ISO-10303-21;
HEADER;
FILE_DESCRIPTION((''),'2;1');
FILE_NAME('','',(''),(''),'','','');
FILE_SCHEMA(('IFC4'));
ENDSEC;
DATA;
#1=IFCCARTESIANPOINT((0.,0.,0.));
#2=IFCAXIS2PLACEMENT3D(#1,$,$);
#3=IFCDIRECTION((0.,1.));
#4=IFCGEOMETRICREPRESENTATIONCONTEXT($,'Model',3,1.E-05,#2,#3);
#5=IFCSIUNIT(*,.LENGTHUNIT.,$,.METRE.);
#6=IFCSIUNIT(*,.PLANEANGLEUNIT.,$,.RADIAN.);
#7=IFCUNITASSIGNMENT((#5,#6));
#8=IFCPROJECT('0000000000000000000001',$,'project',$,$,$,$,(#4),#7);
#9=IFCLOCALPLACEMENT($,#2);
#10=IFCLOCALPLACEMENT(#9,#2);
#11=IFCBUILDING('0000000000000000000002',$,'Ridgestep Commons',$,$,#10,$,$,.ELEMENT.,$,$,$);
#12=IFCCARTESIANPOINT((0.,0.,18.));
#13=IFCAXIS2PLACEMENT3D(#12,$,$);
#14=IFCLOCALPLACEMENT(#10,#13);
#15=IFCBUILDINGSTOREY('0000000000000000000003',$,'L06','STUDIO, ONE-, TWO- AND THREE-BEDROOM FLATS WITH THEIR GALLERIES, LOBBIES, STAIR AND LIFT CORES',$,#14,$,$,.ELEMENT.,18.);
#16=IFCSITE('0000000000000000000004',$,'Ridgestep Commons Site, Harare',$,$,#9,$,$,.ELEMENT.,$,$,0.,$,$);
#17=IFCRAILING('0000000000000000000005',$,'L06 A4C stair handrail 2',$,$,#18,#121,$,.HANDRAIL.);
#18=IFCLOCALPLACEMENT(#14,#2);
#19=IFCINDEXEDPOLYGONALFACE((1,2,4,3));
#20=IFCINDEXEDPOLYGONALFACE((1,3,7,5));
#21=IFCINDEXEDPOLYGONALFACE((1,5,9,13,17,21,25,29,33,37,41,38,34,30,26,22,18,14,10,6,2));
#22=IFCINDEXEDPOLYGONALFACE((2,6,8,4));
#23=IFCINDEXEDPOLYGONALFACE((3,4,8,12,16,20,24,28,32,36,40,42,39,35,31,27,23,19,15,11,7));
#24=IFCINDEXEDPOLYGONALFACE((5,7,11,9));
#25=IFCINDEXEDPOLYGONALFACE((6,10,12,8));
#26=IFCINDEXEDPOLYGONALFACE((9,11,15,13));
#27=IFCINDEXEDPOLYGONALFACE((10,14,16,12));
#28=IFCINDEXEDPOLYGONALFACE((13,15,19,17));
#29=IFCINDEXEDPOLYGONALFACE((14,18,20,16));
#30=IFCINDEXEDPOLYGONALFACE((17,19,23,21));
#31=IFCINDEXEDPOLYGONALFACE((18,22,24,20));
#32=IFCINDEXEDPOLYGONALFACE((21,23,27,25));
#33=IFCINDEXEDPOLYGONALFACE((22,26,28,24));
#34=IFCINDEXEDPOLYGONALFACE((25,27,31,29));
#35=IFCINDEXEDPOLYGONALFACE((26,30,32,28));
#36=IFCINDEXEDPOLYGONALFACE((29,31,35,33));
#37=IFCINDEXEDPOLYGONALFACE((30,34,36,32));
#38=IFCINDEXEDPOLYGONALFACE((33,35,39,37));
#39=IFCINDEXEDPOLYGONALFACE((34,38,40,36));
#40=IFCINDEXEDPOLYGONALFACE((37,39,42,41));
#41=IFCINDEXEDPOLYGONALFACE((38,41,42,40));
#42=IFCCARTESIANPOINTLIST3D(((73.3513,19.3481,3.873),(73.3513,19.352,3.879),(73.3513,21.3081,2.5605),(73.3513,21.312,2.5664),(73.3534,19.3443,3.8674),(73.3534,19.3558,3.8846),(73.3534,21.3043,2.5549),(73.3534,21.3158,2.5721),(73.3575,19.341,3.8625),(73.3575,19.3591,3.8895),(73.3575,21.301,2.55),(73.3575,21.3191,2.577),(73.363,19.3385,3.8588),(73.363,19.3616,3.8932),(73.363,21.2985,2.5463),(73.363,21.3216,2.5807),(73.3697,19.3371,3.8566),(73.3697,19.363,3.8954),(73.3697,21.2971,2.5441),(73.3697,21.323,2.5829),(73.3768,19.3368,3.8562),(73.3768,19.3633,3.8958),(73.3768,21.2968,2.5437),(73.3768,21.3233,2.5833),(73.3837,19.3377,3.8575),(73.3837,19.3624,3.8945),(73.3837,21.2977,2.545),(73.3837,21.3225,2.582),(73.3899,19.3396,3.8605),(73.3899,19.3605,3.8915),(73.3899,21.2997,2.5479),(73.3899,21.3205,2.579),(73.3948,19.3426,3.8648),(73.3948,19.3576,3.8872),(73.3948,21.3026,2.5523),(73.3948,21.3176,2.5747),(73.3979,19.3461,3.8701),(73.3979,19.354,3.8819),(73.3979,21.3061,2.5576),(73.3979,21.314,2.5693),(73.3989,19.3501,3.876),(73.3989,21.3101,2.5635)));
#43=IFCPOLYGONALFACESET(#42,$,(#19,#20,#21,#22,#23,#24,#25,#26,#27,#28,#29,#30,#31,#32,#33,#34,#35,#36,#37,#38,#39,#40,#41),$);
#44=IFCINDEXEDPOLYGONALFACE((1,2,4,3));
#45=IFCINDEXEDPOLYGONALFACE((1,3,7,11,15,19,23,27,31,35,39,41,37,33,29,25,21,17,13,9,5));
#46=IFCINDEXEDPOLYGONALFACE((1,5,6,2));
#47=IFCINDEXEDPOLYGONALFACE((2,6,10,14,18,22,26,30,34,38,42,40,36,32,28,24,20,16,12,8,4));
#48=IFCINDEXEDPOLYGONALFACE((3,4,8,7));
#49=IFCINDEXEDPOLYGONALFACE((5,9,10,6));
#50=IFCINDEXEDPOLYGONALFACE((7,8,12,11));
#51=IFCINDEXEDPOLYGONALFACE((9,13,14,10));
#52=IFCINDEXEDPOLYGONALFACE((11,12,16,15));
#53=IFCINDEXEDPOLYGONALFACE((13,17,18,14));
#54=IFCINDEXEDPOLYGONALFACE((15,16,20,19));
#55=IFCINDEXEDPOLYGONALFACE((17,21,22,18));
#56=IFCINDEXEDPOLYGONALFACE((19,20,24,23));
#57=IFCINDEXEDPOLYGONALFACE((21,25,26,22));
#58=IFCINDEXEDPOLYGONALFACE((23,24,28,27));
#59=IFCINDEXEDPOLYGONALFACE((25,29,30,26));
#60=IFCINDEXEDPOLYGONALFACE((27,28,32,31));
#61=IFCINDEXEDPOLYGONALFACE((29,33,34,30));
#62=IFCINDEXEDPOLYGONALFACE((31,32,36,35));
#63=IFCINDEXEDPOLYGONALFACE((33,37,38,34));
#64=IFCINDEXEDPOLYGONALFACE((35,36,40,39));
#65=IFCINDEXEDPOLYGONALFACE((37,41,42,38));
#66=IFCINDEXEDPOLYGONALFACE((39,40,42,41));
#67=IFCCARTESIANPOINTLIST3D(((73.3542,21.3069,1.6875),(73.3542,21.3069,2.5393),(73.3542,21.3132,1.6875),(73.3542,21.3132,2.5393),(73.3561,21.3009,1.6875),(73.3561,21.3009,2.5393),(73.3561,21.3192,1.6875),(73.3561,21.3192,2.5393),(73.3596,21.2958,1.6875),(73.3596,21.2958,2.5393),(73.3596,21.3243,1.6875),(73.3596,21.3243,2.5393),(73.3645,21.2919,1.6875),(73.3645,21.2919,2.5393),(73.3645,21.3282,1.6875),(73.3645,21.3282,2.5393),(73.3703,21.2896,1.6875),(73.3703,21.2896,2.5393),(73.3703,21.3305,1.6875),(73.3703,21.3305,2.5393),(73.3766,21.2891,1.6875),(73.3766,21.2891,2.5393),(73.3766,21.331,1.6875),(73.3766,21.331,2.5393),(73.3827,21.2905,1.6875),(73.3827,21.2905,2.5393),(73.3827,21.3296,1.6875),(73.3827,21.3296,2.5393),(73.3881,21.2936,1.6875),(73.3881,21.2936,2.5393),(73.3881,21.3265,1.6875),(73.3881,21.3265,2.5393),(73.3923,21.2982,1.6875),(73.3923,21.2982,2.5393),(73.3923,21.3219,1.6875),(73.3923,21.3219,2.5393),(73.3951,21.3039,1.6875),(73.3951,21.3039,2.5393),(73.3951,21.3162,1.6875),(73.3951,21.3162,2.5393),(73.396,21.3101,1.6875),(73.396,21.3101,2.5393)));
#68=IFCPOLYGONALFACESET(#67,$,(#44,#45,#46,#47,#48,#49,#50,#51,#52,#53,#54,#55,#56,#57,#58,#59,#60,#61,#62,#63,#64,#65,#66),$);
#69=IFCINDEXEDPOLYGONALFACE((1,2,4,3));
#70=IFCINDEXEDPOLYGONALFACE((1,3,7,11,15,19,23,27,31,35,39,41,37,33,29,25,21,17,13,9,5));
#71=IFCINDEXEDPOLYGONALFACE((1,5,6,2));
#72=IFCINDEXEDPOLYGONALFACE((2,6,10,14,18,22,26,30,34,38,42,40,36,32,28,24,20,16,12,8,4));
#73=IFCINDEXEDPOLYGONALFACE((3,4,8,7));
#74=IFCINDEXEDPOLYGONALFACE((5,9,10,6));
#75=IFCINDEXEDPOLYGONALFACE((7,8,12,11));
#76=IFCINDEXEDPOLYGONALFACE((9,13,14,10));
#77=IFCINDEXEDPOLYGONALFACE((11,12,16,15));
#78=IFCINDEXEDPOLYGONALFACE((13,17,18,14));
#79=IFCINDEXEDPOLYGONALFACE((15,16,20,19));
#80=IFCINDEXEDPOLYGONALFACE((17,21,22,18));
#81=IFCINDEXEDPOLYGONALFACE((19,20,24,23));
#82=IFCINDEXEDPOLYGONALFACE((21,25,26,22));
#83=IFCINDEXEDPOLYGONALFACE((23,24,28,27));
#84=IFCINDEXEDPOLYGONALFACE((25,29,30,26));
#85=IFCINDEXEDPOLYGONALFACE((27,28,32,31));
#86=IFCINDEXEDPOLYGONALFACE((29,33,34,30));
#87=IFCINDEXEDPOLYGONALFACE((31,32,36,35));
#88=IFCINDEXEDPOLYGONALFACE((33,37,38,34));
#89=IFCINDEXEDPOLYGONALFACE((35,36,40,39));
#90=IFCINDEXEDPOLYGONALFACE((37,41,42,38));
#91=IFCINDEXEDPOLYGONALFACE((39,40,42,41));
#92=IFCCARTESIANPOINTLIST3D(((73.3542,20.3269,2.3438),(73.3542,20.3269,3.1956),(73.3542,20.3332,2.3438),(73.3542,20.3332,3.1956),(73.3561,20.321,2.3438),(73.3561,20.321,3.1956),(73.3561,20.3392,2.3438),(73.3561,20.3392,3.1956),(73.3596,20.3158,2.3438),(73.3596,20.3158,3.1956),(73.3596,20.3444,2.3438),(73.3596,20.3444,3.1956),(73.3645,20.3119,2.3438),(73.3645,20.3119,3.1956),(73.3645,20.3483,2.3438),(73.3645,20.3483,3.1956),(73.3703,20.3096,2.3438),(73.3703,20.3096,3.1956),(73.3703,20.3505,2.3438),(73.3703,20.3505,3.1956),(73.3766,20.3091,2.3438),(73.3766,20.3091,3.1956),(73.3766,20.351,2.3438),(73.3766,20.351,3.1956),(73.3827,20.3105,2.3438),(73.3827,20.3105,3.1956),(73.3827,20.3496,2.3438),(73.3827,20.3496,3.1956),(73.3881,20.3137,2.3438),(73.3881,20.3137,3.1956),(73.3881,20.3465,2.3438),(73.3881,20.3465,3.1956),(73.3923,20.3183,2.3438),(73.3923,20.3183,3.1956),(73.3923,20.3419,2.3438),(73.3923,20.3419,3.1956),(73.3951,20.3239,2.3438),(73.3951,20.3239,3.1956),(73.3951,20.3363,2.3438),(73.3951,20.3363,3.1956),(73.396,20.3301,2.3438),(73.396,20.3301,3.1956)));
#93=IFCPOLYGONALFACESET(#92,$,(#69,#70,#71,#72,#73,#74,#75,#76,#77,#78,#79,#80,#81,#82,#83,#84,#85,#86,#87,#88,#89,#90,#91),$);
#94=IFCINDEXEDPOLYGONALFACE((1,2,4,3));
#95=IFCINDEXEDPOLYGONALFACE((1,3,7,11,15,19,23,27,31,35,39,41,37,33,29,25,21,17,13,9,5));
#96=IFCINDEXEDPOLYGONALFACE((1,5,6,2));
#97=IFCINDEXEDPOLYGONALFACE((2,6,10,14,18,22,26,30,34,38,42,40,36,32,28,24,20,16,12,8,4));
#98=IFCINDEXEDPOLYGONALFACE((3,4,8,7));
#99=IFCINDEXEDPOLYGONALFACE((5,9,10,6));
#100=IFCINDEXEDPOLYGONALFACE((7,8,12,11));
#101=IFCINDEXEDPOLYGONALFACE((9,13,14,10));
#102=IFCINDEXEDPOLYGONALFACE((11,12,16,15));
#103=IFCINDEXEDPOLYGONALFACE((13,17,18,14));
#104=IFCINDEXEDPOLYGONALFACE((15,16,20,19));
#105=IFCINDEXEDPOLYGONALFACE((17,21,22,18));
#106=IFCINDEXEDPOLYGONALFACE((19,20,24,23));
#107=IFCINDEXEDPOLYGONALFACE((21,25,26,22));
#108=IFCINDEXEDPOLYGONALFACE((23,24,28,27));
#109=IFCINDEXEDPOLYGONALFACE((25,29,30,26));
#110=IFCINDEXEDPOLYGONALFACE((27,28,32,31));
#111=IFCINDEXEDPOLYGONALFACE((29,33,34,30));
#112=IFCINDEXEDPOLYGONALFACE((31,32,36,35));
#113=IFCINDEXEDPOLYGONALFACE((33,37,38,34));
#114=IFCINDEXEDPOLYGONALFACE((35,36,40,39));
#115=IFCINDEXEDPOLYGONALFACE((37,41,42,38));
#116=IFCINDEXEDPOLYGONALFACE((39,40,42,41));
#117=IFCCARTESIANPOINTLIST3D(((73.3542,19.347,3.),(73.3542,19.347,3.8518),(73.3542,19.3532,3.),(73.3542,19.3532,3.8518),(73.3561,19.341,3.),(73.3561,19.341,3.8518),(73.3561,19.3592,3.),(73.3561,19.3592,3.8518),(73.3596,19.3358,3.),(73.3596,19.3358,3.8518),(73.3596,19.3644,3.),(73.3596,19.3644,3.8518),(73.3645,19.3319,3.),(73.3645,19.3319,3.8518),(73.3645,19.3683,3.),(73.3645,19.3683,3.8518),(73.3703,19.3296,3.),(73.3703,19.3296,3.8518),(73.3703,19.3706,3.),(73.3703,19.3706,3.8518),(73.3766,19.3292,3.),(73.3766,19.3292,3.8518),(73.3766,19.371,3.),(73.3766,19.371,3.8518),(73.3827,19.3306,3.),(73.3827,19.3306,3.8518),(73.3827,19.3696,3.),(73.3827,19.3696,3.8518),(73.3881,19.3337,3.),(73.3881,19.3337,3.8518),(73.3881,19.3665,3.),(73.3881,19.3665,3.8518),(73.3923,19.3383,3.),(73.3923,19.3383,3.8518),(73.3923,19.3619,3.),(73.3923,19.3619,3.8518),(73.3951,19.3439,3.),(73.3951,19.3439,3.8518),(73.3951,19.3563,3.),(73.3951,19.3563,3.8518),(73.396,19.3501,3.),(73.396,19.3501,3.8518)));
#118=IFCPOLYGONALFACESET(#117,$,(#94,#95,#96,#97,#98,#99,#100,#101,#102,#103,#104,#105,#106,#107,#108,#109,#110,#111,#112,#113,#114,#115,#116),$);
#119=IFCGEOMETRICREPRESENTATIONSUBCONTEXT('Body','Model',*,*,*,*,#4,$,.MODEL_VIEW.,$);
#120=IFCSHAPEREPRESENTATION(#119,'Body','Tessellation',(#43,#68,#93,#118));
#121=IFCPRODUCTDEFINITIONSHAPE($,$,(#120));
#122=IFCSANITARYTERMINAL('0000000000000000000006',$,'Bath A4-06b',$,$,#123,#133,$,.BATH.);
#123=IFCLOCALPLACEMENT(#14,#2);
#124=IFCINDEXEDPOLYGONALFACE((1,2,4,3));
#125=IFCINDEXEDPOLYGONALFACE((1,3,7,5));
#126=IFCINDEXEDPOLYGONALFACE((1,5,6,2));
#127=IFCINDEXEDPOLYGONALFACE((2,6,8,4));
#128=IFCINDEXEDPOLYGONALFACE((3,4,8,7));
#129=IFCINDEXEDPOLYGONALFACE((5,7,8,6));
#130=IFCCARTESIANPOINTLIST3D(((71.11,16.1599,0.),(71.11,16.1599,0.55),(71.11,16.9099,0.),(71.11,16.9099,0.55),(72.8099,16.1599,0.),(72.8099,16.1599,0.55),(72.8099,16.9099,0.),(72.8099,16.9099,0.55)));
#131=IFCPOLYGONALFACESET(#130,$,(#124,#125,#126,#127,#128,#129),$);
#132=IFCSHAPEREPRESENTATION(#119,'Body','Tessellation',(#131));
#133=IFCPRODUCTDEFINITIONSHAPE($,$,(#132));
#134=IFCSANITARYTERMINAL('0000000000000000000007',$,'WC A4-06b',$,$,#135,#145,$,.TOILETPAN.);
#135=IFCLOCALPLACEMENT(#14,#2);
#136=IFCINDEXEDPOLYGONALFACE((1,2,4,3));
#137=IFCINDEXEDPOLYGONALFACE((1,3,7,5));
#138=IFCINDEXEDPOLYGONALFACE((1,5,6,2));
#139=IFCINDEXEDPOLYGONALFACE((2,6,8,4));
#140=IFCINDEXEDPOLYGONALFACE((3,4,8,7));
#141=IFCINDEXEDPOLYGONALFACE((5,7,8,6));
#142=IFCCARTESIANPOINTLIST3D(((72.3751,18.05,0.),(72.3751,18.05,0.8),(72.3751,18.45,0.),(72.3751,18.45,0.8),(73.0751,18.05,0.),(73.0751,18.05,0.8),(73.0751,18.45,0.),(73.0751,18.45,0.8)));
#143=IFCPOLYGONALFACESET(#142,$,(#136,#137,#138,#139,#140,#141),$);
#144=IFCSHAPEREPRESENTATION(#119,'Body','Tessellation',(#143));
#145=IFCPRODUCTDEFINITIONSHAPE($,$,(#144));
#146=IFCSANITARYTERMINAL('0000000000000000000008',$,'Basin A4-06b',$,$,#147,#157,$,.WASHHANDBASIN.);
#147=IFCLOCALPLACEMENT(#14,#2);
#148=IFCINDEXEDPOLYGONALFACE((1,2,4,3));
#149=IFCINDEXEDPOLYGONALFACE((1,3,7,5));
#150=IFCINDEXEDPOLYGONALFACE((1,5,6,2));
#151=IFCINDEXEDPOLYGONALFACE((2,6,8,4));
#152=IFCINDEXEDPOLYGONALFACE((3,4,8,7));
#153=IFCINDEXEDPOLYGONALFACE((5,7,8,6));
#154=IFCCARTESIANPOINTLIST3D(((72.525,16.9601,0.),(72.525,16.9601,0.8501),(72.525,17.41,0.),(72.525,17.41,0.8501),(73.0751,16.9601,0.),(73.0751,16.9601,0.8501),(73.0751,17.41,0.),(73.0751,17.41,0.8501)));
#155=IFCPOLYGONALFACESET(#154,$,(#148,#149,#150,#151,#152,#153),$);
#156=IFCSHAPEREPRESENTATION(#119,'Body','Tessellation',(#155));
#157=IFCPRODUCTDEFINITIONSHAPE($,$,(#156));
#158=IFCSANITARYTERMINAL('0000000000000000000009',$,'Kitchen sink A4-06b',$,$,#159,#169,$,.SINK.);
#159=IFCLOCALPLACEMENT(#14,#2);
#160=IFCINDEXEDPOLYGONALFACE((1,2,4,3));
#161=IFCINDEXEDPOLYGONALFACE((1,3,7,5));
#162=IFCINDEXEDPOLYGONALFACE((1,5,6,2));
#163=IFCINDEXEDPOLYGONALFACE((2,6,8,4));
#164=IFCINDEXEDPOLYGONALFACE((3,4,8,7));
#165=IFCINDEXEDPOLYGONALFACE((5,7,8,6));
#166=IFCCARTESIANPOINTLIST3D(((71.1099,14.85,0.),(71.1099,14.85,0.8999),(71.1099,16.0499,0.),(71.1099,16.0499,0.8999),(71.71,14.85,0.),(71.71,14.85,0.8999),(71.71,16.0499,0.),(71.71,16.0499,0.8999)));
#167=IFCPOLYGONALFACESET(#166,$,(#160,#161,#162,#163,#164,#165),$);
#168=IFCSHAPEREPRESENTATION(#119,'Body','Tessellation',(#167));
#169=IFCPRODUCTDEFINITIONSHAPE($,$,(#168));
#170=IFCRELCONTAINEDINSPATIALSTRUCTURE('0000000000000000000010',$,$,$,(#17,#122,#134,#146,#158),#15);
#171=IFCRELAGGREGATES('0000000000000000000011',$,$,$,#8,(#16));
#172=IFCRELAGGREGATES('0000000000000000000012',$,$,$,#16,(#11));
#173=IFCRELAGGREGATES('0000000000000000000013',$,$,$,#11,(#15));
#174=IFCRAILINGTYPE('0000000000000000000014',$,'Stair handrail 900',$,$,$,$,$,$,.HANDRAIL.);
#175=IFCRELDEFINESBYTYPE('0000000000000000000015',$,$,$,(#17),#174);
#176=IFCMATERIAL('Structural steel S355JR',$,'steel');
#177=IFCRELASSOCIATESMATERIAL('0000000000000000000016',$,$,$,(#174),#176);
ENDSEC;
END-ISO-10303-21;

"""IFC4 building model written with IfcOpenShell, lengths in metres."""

from ifc_helpers import new_model, si_unit, direction, frame, origin, origin_2d, place, context, subcontext, project, spatial, rectangle, circle, extrude, material, type_object, element, save


model = new_model("IFC4")

# Units and contexts
model_context = context("Model", 3, precision=1e-05, world=origin(), true_north=direction((0.0, 1.0)))
body_context = subcontext(model_context, "Body", "Model", "MODEL_VIEW")
ifc_project = project(units=[si_unit("LENGTHUNIT", "METRE"), si_unit("PLANEANGLEUNIT", "RADIAN")], contexts=[model_context])

# Site, building, storey
site_placement = place(None, origin())
site = spatial("IfcSite", under=ifc_project, at=site_placement, Name="Ridgestep Commons Site, Harare", CompositionType="ELEMENT", RefElevation=0.0)
building_placement = place(site_placement, origin())
building = spatial("IfcBuilding", under=site, at=building_placement, Name="Ridgestep Commons", CompositionType="ELEMENT")
storey_placement = place(building_placement, frame((0.0, 0.0, 18.0)))
storey = spatial("IfcBuildingStorey", under=building, at=storey_placement, Name="L06", Description="STUDIO, ONE-, TWO- AND THREE-BEDROOM FLATS WITH THEIR GALLERIES, LOBBIES, STAIR AND LIFT CORES", CompositionType="ELEMENT", Elevation=18.0)

# Railing
ifc_material_1 = material(Name="Structural steel S355JR", Category="steel")
railing_type_1 = type_object("IfcRailingType", Name="Stair handrail 900", PredefinedType="HANDRAIL", material=ifc_material_1)
railing_1_placement = place(storey_placement, frame((73.375, 21.3101, 1.6875)))
element("IfcRailing", 1, at=railing_1_placement, inside=storey, type_object=railing_type_1, Name="L06 A4C stair handrail 2", PredefinedType="HANDRAIL", context=body_context, shape_type="SweptSolid", body=[
    extrude(circle(Radius=0.0239, at=origin_2d()), frame((0.0, 0.0, 0.876), z_axis=(0.0, -0.830902, 0.556419), x_axis=(1.0, 0.0, 0.0)), (0.0, 0.0, 1.0), 2.3589),
    extrude(circle(Radius=0.021, at=origin_2d()), origin(), (0.0, 0.0, 1.0), 0.8518),
    extrude(circle(Radius=0.021, at=origin_2d()), frame((0.0, -0.98, 0.6562)), (0.0, 0.0, 1.0), 0.8518),
    extrude(circle(Radius=0.021, at=origin_2d()), frame((0.0, -1.96, 1.3125)), (0.0, 0.0, 1.0), 0.8518),
])

# Sanitary terminals
sanitary_terminal_1_placement = place(storey_placement, frame((71.96, 16.5349, 0.0), z_axis=(0.0, 0.0, 1.0), x_axis=(1.0, 0.0, 0.0)))
element("IfcSanitaryTerminal", 2, at=sanitary_terminal_1_placement, inside=storey, Name="Bath A4-06b", PredefinedType="BATH", context=body_context, shape_type="SweptSolid", body=[
    extrude(rectangle(XDim=1.7, YDim=0.75, at=origin_2d()), origin(), (0.0, 0.0, 1.0), 0.55),
])
sanitary_terminal_2_placement = place(storey_placement, frame((72.7251, 18.25, 0.0), z_axis=(0.0, 0.0, 1.0), x_axis=(1.0, 0.0, 0.0)))
element("IfcSanitaryTerminal", 3, at=sanitary_terminal_2_placement, inside=storey, Name="WC A4-06b", PredefinedType="TOILETPAN", context=body_context, shape_type="SweptSolid", body=[
    extrude(rectangle(XDim=0.7, YDim=0.3999, at=origin_2d()), origin(), (0.0, 0.0, 1.0), 0.8),
])
sanitary_terminal_3_placement = place(storey_placement, frame((72.8, 17.1851, 0.0), z_axis=(0.0, 0.0, 1.0), x_axis=(1.0, 0.0, 0.0)))
element("IfcSanitaryTerminal", 4, at=sanitary_terminal_3_placement, inside=storey, Name="Basin A4-06b", PredefinedType="WASHHANDBASIN", context=body_context, shape_type="SweptSolid", body=[
    extrude(rectangle(XDim=0.55, YDim=0.45, at=origin_2d()), origin(), (0.0, 0.0, 1.0), 0.8501),
])
sanitary_terminal_4_placement = place(storey_placement, frame((71.4099, 15.45, 0.0), z_axis=(0.0, 0.0, 1.0), x_axis=(1.0, 0.0, 0.0)))
element("IfcSanitaryTerminal", 5, at=sanitary_terminal_4_placement, inside=storey, Name="Kitchen sink A4-06b", PredefinedType="SINK", context=body_context, shape_type="SweptSolid", body=[
    extrude(rectangle(XDim=0.6001, YDim=1.2, at=origin_2d()), origin(), (0.0, 0.0, 1.0), 0.8999),
])

save(model, "model.ifc")
